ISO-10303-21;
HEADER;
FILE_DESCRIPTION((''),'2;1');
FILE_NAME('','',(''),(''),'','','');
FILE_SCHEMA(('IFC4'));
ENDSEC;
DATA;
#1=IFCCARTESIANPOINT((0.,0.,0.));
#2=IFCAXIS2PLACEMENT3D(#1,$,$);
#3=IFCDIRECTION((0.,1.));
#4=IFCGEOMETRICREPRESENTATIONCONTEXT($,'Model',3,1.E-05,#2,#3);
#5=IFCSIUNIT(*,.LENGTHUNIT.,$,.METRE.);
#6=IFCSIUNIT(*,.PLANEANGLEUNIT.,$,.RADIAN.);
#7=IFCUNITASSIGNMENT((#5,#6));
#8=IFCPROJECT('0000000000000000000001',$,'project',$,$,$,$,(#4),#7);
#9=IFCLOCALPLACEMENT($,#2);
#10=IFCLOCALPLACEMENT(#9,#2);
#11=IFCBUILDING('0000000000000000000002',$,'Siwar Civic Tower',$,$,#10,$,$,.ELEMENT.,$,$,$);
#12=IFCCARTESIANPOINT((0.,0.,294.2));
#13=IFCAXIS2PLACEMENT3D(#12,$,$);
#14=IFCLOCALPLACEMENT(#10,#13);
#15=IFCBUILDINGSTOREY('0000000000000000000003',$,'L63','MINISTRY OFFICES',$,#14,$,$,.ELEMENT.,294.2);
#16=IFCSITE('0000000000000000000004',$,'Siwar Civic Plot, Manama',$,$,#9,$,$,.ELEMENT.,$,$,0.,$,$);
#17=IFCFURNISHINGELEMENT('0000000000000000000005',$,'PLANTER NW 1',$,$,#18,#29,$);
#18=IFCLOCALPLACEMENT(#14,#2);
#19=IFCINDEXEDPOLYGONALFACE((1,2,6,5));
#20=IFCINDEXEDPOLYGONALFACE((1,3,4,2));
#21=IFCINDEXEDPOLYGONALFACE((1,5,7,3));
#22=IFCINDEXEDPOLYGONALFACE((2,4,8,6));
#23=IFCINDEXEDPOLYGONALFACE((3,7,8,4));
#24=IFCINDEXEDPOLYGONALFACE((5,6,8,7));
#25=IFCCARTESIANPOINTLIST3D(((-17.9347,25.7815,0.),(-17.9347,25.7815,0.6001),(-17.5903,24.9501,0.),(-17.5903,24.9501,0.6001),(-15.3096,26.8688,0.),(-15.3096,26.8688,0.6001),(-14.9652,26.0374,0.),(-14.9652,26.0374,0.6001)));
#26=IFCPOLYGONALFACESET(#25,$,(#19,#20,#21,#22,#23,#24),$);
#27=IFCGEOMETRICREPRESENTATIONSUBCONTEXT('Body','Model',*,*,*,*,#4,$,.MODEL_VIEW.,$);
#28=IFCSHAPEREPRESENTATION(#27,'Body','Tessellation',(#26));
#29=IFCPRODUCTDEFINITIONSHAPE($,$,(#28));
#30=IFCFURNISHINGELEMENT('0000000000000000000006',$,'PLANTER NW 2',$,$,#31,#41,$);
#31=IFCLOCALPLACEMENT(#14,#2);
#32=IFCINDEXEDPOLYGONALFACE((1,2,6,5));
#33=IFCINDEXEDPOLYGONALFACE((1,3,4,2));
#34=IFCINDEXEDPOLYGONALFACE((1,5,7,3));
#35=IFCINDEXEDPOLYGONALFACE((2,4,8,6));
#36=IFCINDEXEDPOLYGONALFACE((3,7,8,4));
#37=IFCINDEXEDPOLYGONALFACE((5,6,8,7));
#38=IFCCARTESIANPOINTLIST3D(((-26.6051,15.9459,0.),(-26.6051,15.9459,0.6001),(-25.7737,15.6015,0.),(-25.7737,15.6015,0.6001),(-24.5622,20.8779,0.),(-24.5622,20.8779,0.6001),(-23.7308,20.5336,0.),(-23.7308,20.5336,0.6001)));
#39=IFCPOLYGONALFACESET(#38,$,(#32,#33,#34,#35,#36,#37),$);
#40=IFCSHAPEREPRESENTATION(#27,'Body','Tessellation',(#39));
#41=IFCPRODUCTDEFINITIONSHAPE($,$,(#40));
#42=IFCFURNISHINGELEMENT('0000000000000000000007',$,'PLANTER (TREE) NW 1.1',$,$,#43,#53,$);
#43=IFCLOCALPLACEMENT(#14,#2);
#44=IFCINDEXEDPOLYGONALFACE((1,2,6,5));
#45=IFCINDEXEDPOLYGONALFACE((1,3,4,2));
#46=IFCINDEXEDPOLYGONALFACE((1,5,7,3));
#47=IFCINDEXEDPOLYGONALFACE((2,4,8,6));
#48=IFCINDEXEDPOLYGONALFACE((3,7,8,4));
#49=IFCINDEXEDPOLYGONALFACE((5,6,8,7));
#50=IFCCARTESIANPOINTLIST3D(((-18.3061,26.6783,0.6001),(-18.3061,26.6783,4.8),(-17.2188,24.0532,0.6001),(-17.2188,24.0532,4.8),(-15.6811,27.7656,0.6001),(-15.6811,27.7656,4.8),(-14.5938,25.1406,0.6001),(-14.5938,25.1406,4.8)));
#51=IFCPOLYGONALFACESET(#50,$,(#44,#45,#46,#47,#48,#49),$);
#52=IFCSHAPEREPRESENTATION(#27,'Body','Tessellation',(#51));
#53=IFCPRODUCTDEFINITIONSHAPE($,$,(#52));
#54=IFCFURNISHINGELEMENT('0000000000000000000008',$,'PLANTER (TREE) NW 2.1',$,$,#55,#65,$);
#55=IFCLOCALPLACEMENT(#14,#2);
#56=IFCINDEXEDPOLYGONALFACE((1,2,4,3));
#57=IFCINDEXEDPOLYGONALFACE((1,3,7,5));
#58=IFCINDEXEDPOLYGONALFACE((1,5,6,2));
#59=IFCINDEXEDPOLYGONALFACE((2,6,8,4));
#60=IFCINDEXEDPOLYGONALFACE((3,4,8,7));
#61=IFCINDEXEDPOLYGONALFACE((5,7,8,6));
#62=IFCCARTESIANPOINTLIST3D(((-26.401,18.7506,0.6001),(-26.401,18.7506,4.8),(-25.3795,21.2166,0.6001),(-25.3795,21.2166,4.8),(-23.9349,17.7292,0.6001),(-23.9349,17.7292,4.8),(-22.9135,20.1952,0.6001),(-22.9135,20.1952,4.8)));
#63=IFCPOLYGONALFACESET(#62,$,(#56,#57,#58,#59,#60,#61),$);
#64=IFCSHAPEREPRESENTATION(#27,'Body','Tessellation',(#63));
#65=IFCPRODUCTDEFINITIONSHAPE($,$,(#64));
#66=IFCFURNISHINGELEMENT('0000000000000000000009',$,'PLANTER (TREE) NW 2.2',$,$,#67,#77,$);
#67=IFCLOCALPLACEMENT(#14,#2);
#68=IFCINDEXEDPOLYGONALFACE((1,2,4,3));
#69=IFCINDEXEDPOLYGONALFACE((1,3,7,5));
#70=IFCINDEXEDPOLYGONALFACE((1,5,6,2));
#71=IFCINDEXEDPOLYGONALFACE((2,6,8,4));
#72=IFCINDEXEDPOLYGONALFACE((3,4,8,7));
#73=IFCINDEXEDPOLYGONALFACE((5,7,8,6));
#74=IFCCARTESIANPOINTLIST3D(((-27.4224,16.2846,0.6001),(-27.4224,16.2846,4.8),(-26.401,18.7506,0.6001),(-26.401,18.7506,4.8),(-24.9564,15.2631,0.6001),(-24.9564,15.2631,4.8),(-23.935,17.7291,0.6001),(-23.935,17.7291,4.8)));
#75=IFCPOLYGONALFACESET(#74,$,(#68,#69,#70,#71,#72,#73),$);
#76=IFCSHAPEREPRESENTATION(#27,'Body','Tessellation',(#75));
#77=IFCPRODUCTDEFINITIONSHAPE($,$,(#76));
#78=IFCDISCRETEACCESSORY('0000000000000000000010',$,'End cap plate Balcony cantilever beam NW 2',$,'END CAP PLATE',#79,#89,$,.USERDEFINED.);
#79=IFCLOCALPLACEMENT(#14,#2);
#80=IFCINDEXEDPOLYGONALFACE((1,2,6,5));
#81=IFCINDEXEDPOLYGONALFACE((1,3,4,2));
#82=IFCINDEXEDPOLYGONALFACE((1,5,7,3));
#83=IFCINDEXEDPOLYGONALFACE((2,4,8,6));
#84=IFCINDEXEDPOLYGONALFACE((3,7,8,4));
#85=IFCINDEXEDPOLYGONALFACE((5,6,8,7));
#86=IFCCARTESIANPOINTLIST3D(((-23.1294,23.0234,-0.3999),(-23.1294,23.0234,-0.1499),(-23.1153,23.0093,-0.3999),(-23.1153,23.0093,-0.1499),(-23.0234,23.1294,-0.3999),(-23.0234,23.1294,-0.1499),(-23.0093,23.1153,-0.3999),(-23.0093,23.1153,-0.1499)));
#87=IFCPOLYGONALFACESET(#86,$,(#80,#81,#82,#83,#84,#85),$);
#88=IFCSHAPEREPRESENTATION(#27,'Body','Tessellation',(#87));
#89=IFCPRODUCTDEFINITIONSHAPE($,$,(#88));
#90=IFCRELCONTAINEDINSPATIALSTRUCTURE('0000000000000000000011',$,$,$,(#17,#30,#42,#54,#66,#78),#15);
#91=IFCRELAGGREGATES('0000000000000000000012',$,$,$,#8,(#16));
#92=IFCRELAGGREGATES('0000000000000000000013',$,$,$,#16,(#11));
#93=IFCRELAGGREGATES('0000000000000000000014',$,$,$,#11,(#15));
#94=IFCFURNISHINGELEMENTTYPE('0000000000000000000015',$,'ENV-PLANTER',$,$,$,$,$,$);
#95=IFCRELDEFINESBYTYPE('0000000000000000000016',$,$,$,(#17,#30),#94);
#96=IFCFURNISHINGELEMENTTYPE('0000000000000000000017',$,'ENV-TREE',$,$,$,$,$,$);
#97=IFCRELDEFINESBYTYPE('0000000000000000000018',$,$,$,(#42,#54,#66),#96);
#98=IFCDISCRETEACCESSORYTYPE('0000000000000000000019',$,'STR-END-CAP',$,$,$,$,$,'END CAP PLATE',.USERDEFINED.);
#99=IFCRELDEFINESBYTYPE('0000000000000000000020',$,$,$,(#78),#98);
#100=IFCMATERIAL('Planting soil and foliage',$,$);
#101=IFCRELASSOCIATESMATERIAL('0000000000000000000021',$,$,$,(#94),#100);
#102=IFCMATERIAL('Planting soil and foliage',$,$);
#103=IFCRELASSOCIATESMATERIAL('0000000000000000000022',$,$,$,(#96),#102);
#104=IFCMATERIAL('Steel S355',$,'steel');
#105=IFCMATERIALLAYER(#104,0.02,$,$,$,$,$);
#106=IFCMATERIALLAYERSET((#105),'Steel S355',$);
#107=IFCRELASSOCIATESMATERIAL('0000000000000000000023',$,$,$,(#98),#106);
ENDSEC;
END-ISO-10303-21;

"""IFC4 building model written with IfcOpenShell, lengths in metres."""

from ifc_helpers import new_model, si_unit, direction, frame, origin, origin_2d, place, context, subcontext, project, spatial, rectangle, extrude, material, layer, layer_set, type_object, element, save


model = new_model("IFC4")

# Units and contexts
model_context = context("Model", 3, precision=1e-05, world=origin(), true_north=direction((0.0, 1.0)))
body_context = subcontext(model_context, "Body", "Model", "MODEL_VIEW")
ifc_project = project(units=[si_unit("LENGTHUNIT", "METRE"), si_unit("PLANEANGLEUNIT", "RADIAN")], contexts=[model_context])

# Site, building, storey
site_placement = place(None, origin())
site = spatial("IfcSite", under=ifc_project, at=site_placement, Name="Siwar Civic Plot, Manama", CompositionType="ELEMENT", RefElevation=0.0)
building_placement = place(site_placement, origin())
building = spatial("IfcBuilding", under=site, at=building_placement, Name="Siwar Civic Tower", CompositionType="ELEMENT")
storey_placement = place(building_placement, frame((0.0, 0.0, 294.2)))
storey = spatial("IfcBuildingStorey", under=building, at=storey_placement, Name="L63", Description="MINISTRY OFFICES", CompositionType="ELEMENT", Elevation=294.2)

# Furnishing elements
ifc_material_1 = material(Name="Planting soil and foliage")
furnishing_element_type_1 = type_object("IfcFurnishingElementType", Name="ENV-PLANTER", material=ifc_material_1)
furnishing_1_placement = place(storey_placement, frame((-16.45, 25.9094, 0.0), z_axis=(0.0, 0.0, 1.0), x_axis=(-0.92388, -0.382683, 0.0)))
element("IfcFurnishingElement", 1, at=furnishing_1_placement, inside=storey, type_object=furnishing_element_type_1, Name="PLANTER NW 1", context=body_context, shape_type="SweptSolid", body=[
    extrude(rectangle(XDim=2.8413, YDim=0.8999, at=origin_2d()), origin(), (0.0, 0.0, 1.0), 0.6001),
])
furnishing_2_placement = place(storey_placement, frame((-25.168, 18.2397, 0.0), z_axis=(0.0, 0.0, 1.0), x_axis=(-0.382683, -0.92388, 0.0)))
element("IfcFurnishingElement", 2, at=furnishing_2_placement, inside=storey, type_object=furnishing_element_type_1, Name="PLANTER NW 2", context=body_context, shape_type="SweptSolid", body=[
    extrude(rectangle(XDim=5.3384, YDim=0.8999, at=origin_2d()), origin(), (0.0, 0.0, 1.0), 0.6001),
])
ifc_material_2 = material(Name="Planting soil and foliage")
furnishing_element_type_2 = type_object("IfcFurnishingElementType", Name="ENV-TREE", material=ifc_material_2)
furnishing_3_placement = place(storey_placement, frame((-16.45, 25.9094, 0.6001), z_axis=(0.0, 0.0, 1.0), x_axis=(-0.92388, -0.382683, 0.0)))
element("IfcFurnishingElement", 3, at=furnishing_3_placement, inside=storey, type_object=furnishing_element_type_2, Name="PLANTER (TREE) NW 1.1", context=body_context, shape_type="SweptSolid", body=[
    extrude(rectangle(XDim=2.8413, YDim=2.8413, at=origin_2d()), origin(), (0.0, 0.0, 1.0), 4.2),
])
for number, where, z_axis, x_axis, name in (
    (4, (-24.6572, 19.4729, 0.6001), (0.0, 0.0, 1.0), (-0.382683, -0.92388, 0.0), "PLANTER (TREE) NW 2.1"),
    (5, (-25.6787, 17.0068, 0.6001), (0.0, 0.0, 1.0), (-0.382683, -0.92388, 0.0), "PLANTER (TREE) NW 2.2"),
):
    element("IfcFurnishingElement", number, at=place(storey_placement, frame(where, z_axis=z_axis, x_axis=x_axis)), inside=storey, type_object=furnishing_element_type_2, Name=name, context=body_context, shape_type="SweptSolid", body=[
        extrude(rectangle(XDim=2.6692, YDim=2.6692, at=origin_2d()), origin(), (0.0, 0.0, 1.0), 4.2),
    ])

# Discrete accessory
ifc_material_3 = material(Name="Steel S355", Category="steel")
ifc_layer_1 = layer(ifc_material_3, 0.02)
ifc_layer_set_1 = layer_set([ifc_layer_1], Name="Steel S355")
discrete_accessory_type = type_object("IfcDiscreteAccessoryType", Name="STR-END-CAP", ElementType="END CAP PLATE", PredefinedType="USERDEFINED", material=ifc_layer_set_1)
discrete_accessory_placement = place(storey_placement, frame((-23.0693, 23.0693, -0.3999), z_axis=(0.0, 0.0, 1.0), x_axis=(-0.707107, 0.707107, 0.0)))
element("IfcDiscreteAccessory", 6, at=discrete_accessory_placement, inside=storey, type_object=discrete_accessory_type, Name="End cap plate Balcony cantilever beam NW 2", ObjectType="END CAP PLATE", PredefinedType="USERDEFINED", context=body_context, shape_type="SweptSolid", body=[
    extrude(rectangle(XDim=0.02, YDim=0.1499, at=origin_2d()), origin(), (0.0, 0.0, 1.0), 0.25),
])

save(model, "model.ifc")
